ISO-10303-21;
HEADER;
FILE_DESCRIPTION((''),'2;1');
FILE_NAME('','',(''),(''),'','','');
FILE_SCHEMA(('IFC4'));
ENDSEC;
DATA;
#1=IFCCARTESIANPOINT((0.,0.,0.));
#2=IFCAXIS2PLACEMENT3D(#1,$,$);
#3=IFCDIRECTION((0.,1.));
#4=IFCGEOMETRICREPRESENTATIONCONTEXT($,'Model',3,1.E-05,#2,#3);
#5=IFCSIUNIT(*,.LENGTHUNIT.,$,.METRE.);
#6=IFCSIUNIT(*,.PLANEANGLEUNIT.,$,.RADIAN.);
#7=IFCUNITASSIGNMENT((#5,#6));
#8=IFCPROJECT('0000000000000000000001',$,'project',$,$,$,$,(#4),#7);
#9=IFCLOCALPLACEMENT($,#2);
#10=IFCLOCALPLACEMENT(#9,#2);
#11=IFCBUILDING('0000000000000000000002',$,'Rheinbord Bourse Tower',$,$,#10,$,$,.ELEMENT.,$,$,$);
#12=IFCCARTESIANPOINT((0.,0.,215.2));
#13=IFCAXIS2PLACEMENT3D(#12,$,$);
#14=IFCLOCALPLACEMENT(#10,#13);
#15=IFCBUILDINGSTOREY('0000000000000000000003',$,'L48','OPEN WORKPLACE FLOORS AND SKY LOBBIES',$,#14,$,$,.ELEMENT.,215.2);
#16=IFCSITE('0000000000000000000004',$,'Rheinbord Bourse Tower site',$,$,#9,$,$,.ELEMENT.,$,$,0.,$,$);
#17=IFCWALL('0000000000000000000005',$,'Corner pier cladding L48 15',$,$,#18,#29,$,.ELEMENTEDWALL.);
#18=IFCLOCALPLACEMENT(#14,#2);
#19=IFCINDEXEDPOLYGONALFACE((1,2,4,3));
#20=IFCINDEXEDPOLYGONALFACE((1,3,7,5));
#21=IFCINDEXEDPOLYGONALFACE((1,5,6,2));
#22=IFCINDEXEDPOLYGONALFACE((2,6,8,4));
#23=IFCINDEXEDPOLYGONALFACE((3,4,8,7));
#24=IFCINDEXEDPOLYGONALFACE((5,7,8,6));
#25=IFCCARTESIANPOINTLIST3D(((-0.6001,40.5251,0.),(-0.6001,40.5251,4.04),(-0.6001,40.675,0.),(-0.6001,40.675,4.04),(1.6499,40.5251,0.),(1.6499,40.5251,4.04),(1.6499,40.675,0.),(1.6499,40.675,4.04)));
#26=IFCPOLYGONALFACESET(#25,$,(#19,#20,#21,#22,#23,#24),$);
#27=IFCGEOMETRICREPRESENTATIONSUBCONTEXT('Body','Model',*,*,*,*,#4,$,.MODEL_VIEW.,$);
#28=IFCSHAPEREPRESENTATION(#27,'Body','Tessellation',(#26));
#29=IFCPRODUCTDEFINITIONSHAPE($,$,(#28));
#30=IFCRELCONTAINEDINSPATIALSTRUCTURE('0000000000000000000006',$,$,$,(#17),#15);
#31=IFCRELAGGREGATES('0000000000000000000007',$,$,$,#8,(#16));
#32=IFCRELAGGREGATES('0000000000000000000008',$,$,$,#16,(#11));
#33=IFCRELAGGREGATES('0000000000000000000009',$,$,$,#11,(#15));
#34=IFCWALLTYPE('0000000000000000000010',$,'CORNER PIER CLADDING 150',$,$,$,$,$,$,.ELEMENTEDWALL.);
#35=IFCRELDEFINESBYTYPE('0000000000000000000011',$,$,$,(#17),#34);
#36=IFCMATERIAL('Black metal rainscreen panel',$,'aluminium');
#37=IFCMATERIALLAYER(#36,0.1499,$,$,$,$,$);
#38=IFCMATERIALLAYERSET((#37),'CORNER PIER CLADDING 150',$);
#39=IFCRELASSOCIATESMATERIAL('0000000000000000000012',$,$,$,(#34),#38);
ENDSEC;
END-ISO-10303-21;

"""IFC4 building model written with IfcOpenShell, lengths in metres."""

from ifc_helpers import new_model, si_unit, direction, frame, frame_2d, origin, place, context, subcontext, project, spatial, rectangle, extrude, material, layer, layer_set, type_object, element, save


model = new_model("IFC4")

# Units and contexts
model_context = context("Model", 3, precision=1e-05, world=origin(), true_north=direction((0.0, 1.0)))
body_context = subcontext(model_context, "Body", "Model", "MODEL_VIEW")
ifc_project = project(units=[si_unit("LENGTHUNIT", "METRE"), si_unit("PLANEANGLEUNIT", "RADIAN")], contexts=[model_context])

# Site, building, storey
site_placement = place(None, origin())
site = spatial("IfcSite", under=ifc_project, at=site_placement, Name="Rheinbord Bourse Tower site", CompositionType="ELEMENT", RefElevation=0.0)
building_placement = place(site_placement, origin())
building = spatial("IfcBuilding", under=site, at=building_placement, Name="Rheinbord Bourse Tower", CompositionType="ELEMENT")
storey_placement = place(building_placement, frame((0.0, 0.0, 215.2)))
storey = spatial("IfcBuildingStorey", under=building, at=storey_placement, Name="L48", Description="OPEN WORKPLACE FLOORS AND SKY LOBBIES", CompositionType="ELEMENT", Elevation=215.2)

# Wall
ifc_material_1 = material(Name="Black metal rainscreen panel", Category="aluminium")
ifc_layer_1 = layer(ifc_material_1, 0.1499)
ifc_layer_set_1 = layer_set([ifc_layer_1], Name="CORNER PIER CLADDING 150")
wall_type = type_object("IfcWallType", Name="CORNER PIER CLADDING 150", PredefinedType="ELEMENTEDWALL", material=ifc_layer_set_1)
wall_1_placement = place(storey_placement, frame((1.6499, 40.6001, 0.0), z_axis=(0.0, 0.0, 1.0), x_axis=(-1.0, 0.0, 0.0)))
element("IfcWall", 1, at=wall_1_placement, inside=storey, type_object=wall_type, Name="Corner pier cladding L48 15", PredefinedType="ELEMENTEDWALL", context=body_context, shape_type="SweptSolid", body=[
    extrude(rectangle(XDim=2.25, YDim=0.1499, at=frame_2d((1.125, 0.0))), origin(), (0.0, 0.0, 1.0), 4.04),
])

save(model, "model.ifc")
